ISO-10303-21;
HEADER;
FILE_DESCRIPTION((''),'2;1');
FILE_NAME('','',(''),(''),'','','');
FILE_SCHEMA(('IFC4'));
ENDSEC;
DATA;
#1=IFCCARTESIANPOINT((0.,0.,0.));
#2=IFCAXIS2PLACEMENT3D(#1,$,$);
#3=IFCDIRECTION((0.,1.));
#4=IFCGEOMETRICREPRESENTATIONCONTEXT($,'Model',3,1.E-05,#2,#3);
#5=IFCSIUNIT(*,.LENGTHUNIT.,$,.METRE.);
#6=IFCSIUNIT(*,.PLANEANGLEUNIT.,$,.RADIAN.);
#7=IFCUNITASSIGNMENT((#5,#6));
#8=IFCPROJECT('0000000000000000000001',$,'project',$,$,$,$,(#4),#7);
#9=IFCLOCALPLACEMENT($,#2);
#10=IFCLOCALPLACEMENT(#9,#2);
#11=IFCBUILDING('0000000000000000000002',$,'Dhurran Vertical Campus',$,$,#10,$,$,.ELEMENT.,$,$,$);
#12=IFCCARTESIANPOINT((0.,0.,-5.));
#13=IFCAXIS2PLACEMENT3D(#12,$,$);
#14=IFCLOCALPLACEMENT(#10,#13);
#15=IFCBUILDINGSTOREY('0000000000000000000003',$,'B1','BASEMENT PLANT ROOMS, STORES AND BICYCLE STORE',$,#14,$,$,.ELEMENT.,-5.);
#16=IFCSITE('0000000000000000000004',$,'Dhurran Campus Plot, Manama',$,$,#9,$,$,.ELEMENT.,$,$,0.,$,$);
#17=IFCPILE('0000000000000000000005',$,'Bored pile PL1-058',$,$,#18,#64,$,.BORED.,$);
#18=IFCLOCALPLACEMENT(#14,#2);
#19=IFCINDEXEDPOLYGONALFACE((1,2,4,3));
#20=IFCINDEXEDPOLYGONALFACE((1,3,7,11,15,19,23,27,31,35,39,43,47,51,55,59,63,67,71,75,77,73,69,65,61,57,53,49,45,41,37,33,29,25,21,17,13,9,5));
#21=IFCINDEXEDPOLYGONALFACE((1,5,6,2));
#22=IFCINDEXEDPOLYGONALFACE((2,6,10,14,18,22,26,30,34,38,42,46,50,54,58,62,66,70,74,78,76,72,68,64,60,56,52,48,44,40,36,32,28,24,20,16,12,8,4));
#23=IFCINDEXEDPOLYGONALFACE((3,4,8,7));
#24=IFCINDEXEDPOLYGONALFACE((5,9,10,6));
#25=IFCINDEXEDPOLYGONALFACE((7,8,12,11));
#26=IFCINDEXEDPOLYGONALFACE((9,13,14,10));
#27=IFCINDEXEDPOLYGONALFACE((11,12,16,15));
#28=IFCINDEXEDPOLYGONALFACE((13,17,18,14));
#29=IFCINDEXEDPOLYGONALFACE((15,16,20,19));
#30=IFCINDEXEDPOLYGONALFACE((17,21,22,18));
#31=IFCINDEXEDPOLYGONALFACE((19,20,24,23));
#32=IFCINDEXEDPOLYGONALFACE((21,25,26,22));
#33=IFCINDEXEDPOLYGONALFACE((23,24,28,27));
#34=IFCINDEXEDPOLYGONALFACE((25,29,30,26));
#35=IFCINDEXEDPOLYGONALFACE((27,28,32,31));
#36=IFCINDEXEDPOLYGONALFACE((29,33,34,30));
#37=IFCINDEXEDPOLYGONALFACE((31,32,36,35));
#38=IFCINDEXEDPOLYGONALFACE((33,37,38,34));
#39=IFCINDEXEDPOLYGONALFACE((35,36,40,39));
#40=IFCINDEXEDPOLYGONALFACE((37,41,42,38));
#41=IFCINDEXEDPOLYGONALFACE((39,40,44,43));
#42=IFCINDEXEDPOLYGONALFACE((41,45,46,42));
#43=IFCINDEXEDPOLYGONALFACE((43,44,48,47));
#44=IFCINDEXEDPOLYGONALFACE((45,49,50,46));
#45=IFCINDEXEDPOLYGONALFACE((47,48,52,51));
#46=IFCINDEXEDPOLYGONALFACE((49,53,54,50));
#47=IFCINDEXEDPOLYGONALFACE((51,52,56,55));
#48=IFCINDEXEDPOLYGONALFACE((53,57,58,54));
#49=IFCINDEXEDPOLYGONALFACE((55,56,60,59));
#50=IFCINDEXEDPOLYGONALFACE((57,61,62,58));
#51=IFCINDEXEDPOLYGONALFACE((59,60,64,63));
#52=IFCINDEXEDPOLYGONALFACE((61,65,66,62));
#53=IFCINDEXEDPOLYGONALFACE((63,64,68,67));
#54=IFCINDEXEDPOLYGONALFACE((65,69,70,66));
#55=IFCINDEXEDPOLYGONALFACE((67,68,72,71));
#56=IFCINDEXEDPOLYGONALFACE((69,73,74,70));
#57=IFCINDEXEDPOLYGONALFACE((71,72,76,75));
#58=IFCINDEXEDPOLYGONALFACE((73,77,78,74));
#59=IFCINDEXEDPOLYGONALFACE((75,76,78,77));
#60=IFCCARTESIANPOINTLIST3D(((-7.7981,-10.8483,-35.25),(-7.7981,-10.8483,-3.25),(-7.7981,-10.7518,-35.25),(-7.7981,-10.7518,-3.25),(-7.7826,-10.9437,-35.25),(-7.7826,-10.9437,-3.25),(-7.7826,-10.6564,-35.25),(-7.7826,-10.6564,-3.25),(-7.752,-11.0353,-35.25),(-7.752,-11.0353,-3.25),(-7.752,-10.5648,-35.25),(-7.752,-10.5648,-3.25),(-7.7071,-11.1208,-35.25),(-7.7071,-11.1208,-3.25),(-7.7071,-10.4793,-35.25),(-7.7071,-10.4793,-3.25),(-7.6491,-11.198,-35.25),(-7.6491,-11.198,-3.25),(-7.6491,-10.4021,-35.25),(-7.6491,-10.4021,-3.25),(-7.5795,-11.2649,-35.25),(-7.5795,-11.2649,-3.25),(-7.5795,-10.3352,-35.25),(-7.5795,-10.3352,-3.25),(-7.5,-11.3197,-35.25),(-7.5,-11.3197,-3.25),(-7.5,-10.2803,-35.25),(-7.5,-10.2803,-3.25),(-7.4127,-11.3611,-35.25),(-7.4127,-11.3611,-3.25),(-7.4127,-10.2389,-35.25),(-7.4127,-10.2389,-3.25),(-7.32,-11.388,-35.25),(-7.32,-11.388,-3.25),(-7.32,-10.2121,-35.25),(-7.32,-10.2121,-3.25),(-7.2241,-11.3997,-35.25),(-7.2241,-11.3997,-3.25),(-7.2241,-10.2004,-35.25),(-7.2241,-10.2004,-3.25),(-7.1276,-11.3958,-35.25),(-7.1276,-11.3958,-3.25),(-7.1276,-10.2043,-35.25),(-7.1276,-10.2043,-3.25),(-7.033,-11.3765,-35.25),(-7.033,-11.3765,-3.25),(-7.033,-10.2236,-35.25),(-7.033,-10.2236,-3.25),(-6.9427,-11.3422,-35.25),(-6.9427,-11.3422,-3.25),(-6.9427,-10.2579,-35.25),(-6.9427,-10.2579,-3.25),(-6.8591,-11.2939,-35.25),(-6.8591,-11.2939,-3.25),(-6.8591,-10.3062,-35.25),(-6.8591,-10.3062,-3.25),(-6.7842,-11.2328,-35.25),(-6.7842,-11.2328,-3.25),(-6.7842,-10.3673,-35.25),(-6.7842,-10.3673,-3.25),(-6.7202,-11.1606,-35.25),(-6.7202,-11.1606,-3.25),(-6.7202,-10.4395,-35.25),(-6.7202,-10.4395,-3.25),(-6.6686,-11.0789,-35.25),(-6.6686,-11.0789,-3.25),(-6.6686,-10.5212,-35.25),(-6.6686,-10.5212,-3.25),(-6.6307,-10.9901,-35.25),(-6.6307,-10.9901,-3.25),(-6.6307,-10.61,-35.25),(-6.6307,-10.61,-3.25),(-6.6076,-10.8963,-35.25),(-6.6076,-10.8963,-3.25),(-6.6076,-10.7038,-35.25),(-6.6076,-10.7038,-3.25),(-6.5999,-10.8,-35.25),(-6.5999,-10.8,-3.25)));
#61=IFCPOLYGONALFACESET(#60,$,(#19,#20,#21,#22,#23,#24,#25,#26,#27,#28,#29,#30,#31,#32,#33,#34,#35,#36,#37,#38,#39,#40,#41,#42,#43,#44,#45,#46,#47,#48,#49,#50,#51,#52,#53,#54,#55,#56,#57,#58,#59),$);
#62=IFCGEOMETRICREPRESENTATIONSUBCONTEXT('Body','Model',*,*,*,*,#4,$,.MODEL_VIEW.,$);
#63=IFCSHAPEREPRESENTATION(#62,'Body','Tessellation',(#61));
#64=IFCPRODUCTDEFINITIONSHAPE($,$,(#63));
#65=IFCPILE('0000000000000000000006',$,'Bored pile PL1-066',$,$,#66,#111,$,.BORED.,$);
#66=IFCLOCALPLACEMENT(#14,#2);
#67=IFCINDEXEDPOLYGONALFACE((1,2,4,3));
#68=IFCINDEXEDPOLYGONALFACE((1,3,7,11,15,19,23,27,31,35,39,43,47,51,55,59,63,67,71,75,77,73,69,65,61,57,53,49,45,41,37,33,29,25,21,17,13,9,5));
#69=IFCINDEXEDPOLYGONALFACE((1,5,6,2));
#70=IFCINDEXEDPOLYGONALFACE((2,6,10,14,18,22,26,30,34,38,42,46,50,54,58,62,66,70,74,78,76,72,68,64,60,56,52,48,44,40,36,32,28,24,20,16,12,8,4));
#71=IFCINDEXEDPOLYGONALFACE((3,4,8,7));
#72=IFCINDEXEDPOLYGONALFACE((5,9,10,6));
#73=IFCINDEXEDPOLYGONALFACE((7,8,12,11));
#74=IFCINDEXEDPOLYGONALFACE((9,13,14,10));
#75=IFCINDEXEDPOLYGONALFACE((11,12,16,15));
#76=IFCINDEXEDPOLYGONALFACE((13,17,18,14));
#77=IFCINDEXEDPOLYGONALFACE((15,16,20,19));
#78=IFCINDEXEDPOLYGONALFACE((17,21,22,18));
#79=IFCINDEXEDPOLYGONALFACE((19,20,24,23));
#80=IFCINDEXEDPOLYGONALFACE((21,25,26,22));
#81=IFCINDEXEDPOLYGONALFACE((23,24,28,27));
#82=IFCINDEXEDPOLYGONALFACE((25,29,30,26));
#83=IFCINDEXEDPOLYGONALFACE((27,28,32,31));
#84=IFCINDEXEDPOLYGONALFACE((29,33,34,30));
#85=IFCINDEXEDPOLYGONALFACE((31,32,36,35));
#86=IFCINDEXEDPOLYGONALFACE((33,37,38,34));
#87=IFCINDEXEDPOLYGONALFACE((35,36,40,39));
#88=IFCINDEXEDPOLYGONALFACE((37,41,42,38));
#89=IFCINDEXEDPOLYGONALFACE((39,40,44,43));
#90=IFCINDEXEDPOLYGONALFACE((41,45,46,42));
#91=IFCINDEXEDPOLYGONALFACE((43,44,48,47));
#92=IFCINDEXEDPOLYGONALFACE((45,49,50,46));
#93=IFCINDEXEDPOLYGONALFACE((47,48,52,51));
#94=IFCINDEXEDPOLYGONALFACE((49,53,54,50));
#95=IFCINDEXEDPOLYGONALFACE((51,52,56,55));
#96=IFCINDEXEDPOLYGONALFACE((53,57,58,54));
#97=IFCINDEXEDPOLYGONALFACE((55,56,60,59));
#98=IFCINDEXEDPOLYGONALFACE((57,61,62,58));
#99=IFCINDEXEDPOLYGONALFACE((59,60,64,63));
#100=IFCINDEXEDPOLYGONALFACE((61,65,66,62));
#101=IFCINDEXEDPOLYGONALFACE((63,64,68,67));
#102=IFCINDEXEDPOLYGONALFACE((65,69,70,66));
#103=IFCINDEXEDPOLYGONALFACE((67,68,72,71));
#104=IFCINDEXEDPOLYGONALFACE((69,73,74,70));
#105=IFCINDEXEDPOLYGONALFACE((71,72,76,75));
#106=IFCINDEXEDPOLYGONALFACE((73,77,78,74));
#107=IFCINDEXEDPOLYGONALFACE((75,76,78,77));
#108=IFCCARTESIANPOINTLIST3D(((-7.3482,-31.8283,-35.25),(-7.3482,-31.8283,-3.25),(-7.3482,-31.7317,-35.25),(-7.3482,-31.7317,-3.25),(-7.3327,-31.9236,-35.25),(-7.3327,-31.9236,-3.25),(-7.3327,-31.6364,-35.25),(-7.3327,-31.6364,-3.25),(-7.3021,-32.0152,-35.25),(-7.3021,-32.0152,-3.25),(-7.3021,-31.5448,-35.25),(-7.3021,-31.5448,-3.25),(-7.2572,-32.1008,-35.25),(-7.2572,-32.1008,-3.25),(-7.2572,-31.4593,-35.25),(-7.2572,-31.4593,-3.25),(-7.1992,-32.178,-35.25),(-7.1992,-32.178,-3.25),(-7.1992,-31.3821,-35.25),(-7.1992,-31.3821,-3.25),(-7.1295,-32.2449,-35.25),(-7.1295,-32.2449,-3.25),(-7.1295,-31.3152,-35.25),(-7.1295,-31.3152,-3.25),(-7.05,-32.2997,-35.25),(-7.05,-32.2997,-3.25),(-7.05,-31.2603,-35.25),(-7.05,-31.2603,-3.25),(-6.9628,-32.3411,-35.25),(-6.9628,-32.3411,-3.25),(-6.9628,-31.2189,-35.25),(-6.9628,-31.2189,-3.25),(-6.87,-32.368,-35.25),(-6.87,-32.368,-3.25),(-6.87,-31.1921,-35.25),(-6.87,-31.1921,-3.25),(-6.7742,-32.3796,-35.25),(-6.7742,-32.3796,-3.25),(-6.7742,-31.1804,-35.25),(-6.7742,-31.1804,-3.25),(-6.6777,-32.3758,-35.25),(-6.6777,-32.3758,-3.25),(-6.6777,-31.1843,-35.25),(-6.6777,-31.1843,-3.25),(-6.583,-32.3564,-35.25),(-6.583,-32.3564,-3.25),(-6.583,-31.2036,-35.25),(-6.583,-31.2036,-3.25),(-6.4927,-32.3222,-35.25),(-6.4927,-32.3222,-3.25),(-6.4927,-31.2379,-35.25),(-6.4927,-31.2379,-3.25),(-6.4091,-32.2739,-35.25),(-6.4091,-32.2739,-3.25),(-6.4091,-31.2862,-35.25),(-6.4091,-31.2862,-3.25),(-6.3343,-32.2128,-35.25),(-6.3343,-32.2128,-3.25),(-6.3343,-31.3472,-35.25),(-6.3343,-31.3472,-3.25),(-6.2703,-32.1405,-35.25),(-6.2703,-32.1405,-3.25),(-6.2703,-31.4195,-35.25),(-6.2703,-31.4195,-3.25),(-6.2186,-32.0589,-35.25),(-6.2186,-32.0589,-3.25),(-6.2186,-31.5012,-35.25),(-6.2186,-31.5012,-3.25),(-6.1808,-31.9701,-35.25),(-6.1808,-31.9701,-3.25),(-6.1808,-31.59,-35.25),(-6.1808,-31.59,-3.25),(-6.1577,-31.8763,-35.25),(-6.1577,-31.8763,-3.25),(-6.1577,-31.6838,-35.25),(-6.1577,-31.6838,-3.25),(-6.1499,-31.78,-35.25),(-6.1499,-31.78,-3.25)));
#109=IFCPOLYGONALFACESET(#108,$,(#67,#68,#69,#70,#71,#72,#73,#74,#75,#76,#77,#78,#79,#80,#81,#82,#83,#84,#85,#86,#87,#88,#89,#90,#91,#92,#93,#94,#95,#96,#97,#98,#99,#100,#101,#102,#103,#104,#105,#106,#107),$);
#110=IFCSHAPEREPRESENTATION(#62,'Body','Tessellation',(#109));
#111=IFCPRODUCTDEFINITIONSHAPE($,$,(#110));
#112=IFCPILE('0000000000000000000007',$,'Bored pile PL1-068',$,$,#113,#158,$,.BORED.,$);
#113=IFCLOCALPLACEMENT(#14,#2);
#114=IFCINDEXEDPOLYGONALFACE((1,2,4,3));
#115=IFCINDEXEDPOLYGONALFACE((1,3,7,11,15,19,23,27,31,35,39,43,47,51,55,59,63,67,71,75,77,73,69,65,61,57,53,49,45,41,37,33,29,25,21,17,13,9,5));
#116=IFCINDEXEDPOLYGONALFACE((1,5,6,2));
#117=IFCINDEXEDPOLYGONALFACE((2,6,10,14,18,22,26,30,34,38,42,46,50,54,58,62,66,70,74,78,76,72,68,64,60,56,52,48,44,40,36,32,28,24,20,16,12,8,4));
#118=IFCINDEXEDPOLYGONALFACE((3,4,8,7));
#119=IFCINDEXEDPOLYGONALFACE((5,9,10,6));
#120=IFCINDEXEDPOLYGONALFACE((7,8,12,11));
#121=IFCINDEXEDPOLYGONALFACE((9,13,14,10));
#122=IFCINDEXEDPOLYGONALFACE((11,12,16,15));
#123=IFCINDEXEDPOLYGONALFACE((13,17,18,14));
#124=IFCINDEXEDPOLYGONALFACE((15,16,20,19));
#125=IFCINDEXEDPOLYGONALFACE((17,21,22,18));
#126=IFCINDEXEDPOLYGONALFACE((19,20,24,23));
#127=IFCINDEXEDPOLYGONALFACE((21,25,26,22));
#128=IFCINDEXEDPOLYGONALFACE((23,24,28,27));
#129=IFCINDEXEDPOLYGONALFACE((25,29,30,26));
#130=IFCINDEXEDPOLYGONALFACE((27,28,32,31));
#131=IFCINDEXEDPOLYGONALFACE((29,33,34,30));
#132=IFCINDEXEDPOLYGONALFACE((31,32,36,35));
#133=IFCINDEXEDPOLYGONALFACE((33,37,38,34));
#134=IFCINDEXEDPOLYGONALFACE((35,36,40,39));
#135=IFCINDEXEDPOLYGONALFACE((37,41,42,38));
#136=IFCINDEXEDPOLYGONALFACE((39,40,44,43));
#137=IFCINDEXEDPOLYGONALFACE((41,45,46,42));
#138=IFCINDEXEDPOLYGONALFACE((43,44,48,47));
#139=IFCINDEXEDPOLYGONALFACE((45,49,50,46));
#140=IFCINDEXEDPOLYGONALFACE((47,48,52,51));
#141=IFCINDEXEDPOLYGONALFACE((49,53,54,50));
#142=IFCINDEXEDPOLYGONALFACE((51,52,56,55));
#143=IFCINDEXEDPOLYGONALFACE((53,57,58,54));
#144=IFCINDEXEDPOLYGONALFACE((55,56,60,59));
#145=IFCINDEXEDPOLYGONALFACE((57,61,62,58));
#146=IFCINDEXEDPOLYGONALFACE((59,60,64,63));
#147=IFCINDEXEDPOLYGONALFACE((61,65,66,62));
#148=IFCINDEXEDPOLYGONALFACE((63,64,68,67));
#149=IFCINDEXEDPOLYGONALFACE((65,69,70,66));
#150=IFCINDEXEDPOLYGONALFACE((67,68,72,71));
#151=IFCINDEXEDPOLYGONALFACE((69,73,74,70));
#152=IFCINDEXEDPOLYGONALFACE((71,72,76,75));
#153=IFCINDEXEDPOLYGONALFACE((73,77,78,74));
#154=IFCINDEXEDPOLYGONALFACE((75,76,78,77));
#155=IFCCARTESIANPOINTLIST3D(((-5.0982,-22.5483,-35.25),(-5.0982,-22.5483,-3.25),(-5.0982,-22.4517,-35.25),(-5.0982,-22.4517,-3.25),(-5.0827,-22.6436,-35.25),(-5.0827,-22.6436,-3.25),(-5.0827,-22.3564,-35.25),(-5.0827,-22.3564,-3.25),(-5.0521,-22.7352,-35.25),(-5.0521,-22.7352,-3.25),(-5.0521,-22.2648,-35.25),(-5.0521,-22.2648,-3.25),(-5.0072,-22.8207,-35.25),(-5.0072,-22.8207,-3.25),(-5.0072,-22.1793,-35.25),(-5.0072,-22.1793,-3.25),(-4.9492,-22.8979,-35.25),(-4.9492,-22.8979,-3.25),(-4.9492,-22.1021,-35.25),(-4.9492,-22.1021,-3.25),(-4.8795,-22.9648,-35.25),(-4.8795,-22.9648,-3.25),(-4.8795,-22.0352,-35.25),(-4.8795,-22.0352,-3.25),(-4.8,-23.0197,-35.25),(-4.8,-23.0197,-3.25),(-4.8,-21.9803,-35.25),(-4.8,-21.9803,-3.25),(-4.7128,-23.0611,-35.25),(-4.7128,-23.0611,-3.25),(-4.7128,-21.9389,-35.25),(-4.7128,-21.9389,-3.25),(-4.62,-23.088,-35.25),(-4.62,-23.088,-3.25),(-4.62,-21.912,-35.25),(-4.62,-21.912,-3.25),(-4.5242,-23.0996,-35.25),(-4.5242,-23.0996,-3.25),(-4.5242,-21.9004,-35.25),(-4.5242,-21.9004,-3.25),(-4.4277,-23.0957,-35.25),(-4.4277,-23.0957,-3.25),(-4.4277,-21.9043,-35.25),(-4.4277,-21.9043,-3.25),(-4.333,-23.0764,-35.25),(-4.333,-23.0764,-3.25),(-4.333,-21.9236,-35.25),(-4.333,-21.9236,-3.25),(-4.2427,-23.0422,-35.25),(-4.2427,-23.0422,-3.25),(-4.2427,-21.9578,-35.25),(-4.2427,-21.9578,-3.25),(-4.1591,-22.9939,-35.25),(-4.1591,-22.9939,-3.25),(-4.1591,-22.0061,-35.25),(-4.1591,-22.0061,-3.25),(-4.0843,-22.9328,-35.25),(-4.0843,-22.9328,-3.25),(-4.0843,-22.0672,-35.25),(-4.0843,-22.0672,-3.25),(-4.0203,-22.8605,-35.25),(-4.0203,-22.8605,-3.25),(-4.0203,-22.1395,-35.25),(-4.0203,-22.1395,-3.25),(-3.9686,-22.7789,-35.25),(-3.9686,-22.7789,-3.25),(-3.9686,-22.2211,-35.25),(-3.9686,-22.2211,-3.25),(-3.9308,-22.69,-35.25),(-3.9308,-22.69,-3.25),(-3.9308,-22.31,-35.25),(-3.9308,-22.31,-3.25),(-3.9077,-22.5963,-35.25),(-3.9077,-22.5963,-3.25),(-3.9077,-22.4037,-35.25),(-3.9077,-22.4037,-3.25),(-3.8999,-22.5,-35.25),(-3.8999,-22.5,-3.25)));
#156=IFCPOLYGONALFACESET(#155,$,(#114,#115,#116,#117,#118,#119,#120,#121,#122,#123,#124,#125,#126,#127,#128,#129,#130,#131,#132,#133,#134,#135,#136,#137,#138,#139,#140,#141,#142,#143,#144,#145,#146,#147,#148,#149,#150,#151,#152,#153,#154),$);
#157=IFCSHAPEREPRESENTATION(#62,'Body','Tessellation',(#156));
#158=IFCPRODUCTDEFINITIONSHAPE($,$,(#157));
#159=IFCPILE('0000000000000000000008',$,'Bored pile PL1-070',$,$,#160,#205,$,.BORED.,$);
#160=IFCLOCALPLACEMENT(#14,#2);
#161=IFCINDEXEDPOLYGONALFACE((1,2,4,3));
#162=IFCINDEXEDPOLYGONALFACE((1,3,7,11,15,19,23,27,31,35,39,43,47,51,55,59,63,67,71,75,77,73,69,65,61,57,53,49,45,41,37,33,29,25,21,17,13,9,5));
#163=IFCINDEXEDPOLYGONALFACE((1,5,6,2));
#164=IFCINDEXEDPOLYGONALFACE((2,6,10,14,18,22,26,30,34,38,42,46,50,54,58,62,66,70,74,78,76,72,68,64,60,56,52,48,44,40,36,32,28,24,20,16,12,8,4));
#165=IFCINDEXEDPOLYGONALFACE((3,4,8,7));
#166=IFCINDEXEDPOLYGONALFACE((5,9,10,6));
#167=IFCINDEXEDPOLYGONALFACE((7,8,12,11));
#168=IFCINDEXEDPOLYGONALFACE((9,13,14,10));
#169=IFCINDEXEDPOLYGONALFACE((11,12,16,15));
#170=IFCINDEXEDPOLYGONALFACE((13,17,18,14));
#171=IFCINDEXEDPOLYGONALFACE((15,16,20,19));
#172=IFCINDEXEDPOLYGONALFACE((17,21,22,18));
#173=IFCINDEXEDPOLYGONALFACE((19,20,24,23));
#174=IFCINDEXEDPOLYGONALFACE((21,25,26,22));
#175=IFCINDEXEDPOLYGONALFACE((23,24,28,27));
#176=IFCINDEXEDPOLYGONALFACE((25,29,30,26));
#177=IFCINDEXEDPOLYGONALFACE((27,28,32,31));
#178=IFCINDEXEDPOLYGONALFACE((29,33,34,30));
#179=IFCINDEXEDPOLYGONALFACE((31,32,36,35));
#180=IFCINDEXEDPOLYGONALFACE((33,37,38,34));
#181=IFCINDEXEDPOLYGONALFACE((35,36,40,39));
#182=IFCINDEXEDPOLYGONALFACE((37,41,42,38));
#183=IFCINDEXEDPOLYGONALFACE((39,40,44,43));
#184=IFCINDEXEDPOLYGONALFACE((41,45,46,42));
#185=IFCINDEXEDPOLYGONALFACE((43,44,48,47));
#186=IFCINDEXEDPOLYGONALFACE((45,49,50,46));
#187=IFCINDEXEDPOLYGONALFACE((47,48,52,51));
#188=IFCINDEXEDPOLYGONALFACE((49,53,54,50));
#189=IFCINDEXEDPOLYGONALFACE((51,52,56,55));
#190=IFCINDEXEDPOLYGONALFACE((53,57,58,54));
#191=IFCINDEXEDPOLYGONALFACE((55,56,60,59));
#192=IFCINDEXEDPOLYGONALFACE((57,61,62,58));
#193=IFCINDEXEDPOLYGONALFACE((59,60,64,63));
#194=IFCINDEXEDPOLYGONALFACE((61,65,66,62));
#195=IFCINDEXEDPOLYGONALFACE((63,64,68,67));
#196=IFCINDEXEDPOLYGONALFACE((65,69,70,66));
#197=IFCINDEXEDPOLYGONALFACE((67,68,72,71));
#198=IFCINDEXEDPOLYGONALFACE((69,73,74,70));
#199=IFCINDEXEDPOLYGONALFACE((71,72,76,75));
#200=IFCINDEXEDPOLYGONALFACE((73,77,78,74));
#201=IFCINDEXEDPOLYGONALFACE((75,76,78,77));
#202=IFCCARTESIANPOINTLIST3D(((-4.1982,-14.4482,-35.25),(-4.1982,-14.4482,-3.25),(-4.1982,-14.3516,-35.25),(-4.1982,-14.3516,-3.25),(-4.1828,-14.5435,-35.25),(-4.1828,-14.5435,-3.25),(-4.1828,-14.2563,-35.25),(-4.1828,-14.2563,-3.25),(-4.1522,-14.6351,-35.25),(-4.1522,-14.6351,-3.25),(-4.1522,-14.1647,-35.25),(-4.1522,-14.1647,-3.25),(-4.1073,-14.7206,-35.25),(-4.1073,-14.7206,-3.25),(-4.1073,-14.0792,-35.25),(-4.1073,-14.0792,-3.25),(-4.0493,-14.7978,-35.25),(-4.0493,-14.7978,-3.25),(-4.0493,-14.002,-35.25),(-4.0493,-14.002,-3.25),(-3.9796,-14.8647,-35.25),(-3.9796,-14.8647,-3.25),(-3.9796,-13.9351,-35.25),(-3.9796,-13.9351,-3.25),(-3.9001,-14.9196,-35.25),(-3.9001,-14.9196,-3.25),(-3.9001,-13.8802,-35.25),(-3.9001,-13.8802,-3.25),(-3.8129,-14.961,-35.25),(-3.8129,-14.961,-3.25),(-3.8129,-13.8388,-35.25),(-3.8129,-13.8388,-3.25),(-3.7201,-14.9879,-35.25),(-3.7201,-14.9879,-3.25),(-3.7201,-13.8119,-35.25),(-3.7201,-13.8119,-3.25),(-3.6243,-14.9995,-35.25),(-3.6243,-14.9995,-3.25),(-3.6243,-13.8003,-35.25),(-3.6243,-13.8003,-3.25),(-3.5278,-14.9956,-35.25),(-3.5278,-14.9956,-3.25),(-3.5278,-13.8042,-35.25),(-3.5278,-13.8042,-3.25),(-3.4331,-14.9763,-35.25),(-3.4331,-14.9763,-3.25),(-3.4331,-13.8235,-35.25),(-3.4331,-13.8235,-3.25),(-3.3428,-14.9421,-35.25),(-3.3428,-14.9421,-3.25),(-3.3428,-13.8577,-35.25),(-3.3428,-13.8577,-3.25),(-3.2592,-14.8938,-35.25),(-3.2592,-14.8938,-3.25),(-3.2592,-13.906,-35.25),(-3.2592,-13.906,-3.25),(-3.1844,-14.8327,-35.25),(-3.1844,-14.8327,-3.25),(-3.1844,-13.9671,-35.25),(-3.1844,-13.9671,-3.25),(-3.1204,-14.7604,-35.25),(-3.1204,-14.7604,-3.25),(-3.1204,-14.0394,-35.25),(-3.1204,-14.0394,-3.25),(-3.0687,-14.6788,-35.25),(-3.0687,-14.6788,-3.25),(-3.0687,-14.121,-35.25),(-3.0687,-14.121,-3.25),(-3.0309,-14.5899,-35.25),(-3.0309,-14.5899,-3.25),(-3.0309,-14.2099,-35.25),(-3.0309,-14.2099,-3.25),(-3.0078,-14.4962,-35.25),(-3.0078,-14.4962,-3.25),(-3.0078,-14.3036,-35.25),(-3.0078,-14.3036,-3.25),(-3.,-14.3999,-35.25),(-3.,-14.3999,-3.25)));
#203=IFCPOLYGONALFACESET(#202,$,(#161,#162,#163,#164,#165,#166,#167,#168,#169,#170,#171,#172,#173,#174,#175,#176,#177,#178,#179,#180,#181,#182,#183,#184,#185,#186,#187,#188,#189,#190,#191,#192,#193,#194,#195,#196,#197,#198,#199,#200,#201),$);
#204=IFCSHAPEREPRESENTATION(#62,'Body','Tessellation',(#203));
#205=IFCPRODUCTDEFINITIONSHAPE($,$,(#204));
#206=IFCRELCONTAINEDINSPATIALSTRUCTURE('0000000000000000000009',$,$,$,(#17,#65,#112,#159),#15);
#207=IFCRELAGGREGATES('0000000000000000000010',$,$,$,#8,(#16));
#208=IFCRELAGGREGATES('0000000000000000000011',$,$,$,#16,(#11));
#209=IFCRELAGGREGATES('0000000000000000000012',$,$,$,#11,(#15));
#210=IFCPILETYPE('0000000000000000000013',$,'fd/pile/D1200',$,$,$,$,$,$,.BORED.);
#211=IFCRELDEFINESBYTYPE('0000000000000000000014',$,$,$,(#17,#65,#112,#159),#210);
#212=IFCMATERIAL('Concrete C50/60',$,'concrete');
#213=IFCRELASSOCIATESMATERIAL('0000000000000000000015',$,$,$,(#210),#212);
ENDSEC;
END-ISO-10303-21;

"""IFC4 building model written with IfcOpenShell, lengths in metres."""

from ifc_helpers import new_model, si_unit, direction, frame, origin, origin_2d, place, context, subcontext, project, spatial, circle, extrude, material, material_profile, profile_set, type_object, element, save


model = new_model("IFC4")

# Units and contexts
model_context = context("Model", 3, precision=1e-05, world=origin(), true_north=direction((0.0, 1.0)))
body_context = subcontext(model_context, "Body", "Model", "MODEL_VIEW")
ifc_project = project(units=[si_unit("LENGTHUNIT", "METRE"), si_unit("PLANEANGLEUNIT", "RADIAN")], contexts=[model_context])

# Site, building, storey
site_placement = place(None, origin())
site = spatial("IfcSite", under=ifc_project, at=site_placement, Name="Dhurran Campus Plot, Manama", CompositionType="ELEMENT", RefElevation=0.0)
building_placement = place(site_placement, origin())
building = spatial("IfcBuilding", under=site, at=building_placement, Name="Dhurran Vertical Campus", CompositionType="ELEMENT")
storey_placement = place(building_placement, frame((0.0, 0.0, -5.0)))
storey = spatial("IfcBuildingStorey", under=building, at=storey_placement, Name="B1", Description="BASEMENT PLANT ROOMS, STORES AND BICYCLE STORE", CompositionType="ELEMENT", Elevation=-5.0)

# Piles
ifc_material_1 = material(Name="Concrete C50/60", Category="concrete")
ifc_material_profile_1 = material_profile(ifc_material_1, circle(Radius=0.6001, at=origin_2d()), Name="fd/pile/D1200")
ifc_profile_set_1 = profile_set([ifc_material_profile_1], Name="Concrete C50/60")
pile_type = type_object("IfcPileType", Name="fd/pile/D1200", PredefinedType="BORED", material=ifc_profile_set_1)
for number, where, z_axis, x_axis, name in (
    (1, (-7.2, -10.8, -3.25), (0.0, 0.0, -1.0), (1.0, 0.0, 0.0), "Bored pile PL1-058"),
    (2, (-6.75, -31.78, -3.25), (0.0, 0.0, -1.0), (1.0, 0.0, 0.0), "Bored pile PL1-066"),
    (3, (-4.5, -22.5, -3.25), (0.0, 0.0, -1.0), (1.0, 0.0, 0.0), "Bored pile PL1-068"),
    (4, (-3.6001, -14.3999, -3.25), (0.0, 0.0, -1.0), (1.0, 0.0, 0.0), "Bored pile PL1-070"),
):
    element("IfcPile", number, at=place(storey_placement, frame(where, z_axis=z_axis, x_axis=x_axis)), inside=storey, type_object=pile_type, Name=name, PredefinedType="BORED", context=body_context, shape_type="SweptSolid", body=[
        extrude(circle(Radius=0.6001, at=origin_2d()), origin(), (0.0, 0.0, 1.0), 32.0),
    ])

save(model, "model.ifc")
